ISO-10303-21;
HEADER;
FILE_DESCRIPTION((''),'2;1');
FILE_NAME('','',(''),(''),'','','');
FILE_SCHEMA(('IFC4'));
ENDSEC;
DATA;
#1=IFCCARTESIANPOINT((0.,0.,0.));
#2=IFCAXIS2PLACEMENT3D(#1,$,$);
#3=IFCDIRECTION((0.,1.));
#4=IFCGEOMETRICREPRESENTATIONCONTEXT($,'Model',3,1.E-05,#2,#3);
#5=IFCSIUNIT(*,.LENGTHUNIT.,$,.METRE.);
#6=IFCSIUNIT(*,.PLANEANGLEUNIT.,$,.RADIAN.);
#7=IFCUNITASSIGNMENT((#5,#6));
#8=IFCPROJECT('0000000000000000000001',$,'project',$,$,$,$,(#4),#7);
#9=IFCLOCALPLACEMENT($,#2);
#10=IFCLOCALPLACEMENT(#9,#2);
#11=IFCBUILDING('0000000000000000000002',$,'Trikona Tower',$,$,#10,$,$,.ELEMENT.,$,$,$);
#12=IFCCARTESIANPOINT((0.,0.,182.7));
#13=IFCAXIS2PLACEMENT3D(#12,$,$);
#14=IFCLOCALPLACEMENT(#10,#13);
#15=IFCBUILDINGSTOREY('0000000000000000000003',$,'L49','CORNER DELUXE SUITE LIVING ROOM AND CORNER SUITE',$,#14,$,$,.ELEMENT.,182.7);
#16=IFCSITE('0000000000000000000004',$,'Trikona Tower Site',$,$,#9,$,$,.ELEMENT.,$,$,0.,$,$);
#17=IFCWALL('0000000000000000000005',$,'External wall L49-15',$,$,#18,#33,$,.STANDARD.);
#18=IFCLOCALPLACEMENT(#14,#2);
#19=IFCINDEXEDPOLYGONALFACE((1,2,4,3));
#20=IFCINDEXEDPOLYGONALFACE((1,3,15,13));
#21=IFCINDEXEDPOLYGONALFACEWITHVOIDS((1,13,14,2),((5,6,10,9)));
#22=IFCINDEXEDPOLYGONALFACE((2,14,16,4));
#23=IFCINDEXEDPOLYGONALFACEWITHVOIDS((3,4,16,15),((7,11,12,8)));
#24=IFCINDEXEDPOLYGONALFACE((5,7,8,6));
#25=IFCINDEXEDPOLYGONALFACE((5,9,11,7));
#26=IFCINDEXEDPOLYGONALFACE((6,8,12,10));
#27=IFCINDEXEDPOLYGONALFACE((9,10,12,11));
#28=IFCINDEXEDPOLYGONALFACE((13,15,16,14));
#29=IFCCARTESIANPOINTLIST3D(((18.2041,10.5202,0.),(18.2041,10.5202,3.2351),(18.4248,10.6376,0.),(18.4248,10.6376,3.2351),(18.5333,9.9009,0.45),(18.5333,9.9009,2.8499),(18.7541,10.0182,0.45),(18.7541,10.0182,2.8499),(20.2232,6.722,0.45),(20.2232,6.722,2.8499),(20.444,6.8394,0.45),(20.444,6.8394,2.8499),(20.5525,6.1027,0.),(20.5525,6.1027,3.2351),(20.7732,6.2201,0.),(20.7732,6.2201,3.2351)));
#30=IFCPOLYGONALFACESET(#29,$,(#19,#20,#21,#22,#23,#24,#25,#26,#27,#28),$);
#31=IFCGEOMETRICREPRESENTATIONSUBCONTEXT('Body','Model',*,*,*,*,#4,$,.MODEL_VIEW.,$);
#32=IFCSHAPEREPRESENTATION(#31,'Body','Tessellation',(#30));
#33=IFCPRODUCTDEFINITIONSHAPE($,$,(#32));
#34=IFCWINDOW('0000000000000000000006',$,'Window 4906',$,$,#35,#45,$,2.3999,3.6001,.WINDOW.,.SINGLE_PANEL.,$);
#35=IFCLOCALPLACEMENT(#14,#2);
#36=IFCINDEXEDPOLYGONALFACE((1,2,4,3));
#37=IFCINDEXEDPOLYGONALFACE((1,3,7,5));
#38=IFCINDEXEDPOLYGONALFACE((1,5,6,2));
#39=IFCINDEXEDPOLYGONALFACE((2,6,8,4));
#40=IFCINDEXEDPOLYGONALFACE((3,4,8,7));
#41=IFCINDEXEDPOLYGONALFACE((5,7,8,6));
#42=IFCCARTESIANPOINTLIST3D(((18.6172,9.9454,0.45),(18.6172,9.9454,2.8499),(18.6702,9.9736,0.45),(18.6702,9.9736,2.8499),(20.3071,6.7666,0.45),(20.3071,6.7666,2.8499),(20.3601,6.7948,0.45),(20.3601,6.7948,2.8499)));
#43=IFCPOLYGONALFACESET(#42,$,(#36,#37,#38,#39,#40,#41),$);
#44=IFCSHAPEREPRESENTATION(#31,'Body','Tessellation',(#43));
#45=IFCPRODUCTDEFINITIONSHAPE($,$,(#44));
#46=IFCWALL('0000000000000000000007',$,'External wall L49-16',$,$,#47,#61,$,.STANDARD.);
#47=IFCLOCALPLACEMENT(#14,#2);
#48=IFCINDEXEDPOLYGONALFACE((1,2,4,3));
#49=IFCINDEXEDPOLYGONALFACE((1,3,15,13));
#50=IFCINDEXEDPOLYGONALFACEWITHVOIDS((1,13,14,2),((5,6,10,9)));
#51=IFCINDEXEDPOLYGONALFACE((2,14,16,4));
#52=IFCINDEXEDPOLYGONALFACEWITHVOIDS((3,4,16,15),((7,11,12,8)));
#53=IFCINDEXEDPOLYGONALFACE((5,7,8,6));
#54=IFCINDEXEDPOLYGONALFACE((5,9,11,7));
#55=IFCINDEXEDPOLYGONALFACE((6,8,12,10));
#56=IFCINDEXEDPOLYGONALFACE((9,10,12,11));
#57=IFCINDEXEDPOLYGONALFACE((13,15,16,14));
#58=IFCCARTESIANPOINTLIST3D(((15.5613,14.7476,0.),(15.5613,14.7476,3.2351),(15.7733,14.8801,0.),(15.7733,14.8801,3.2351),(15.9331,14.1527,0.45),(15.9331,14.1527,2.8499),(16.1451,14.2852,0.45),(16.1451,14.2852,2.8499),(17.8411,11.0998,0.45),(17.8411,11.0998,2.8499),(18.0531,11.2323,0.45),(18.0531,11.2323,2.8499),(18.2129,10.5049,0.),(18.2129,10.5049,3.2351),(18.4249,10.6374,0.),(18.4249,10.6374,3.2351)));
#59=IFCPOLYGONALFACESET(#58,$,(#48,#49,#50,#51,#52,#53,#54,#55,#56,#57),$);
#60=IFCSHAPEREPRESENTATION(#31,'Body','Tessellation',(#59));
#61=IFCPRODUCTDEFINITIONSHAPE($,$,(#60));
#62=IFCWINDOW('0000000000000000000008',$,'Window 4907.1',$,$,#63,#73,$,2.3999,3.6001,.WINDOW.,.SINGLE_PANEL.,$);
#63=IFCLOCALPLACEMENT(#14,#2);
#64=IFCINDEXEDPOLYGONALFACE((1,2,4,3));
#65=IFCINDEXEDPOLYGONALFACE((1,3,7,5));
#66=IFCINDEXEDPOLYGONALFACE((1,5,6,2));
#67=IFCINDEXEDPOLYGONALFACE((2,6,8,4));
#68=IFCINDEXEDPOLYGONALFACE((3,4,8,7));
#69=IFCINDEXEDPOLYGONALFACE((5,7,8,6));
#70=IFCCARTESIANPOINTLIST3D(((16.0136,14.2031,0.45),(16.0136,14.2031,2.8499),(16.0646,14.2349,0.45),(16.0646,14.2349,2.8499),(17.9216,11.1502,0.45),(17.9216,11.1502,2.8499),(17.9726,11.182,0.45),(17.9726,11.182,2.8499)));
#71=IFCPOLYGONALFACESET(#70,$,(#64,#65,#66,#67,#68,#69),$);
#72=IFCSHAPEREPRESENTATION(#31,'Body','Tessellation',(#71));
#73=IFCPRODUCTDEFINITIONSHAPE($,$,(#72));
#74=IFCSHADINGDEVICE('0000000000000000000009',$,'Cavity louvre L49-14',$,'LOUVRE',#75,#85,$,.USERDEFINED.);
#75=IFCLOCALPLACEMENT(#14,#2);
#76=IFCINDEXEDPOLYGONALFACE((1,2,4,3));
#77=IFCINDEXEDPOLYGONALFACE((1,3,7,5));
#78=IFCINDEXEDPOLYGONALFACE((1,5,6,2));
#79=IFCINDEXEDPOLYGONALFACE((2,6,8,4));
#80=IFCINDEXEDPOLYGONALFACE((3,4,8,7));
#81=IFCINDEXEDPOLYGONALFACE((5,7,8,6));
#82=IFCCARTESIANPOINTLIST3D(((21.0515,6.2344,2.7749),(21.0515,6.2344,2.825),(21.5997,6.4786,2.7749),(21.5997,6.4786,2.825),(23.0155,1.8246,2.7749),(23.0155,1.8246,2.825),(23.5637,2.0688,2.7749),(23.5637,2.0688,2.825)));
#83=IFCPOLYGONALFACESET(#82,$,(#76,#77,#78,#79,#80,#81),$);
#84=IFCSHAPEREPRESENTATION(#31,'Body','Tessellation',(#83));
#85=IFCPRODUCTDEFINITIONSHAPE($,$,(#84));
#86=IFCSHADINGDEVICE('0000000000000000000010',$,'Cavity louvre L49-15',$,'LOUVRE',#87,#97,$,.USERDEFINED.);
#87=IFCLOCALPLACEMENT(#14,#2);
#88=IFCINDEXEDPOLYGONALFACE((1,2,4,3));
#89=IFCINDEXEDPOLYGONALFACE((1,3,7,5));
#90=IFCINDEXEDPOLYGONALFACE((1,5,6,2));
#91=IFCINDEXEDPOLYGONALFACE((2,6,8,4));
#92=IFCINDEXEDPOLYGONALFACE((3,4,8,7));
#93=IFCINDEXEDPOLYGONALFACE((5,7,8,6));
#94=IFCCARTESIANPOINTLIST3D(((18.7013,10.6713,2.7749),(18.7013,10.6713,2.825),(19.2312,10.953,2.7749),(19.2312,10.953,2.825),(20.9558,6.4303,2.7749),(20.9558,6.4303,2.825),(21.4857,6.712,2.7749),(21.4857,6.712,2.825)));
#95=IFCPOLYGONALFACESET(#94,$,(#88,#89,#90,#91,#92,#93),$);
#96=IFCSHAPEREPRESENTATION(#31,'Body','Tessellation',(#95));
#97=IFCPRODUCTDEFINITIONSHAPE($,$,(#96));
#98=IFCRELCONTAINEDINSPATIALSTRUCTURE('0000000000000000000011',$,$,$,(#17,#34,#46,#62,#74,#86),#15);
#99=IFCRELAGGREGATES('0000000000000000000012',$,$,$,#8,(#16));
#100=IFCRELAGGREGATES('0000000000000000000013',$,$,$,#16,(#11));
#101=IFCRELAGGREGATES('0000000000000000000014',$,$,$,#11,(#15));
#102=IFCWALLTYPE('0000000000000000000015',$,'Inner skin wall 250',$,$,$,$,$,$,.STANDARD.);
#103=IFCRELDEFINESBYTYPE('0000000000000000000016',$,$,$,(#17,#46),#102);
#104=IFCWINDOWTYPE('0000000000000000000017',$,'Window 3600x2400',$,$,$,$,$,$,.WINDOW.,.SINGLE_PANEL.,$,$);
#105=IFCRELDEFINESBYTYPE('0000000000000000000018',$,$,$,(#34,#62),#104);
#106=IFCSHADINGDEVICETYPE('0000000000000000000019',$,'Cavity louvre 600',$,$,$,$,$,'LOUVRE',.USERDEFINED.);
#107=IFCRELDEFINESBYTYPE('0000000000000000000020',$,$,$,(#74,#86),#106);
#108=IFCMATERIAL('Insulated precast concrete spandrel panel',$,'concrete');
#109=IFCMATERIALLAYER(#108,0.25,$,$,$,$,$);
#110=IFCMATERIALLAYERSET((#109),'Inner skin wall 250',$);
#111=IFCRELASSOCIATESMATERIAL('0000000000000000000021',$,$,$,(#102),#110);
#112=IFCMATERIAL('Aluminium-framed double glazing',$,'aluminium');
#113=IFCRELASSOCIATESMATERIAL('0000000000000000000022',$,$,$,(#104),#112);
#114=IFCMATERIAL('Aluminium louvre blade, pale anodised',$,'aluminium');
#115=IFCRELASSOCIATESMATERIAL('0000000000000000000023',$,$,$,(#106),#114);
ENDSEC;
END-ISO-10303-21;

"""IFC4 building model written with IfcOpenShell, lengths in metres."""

from ifc_helpers import new_model, si_unit, direction, frame, frame_2d, origin, origin_2d, place, context, subcontext, project, spatial, rectangle, extrude, material, layer, layer_set, type_object, element, fill, save


model = new_model("IFC4")

# Units and contexts
model_context = context("Model", 3, precision=1e-05, world=origin(), true_north=direction((0.0, 1.0)))
body_context = subcontext(model_context, "Body", "Model", "MODEL_VIEW")
ifc_project = project(units=[si_unit("LENGTHUNIT", "METRE"), si_unit("PLANEANGLEUNIT", "RADIAN")], contexts=[model_context])

# Site, building, storey
site_placement = place(None, origin())
site = spatial("IfcSite", under=ifc_project, at=site_placement, Name="Trikona Tower Site", CompositionType="ELEMENT", RefElevation=0.0)
building_placement = place(site_placement, origin())
building = spatial("IfcBuilding", under=site, at=building_placement, Name="Trikona Tower", CompositionType="ELEMENT")
storey_placement = place(building_placement, frame((0.0, 0.0, 182.7)))
storey = spatial("IfcBuildingStorey", under=building, at=storey_placement, Name="L49", Description="CORNER DELUXE SUITE LIVING ROOM AND CORNER SUITE", CompositionType="ELEMENT", Elevation=182.7)

# Walls, openings, windows
ifc_material_1 = material(Name="Insulated precast concrete spandrel panel", Category="concrete")
ifc_layer_1 = layer(ifc_material_1, 0.25)
ifc_layer_set_1 = layer_set([ifc_layer_1], Name="Inner skin wall 250")
wall_type_1 = type_object("IfcWallType", Name="Inner skin wall 250", PredefinedType="STANDARD", material=ifc_layer_set_1)
ifc_material_2 = material(Name="Aluminium-framed double glazing", Category="aluminium")
window_type = type_object("IfcWindowType", Name="Window 3600x2400", PartitioningType="SINGLE_PANEL", PredefinedType="WINDOW", material=ifc_material_2)
wall_1_placement = place(storey_placement, frame((20.6628, 6.1614, 0.0), z_axis=(0.0, 0.0, 1.0), x_axis=(-0.469405, 0.882983, 0.0)))
wall_1 = element("IfcWall", 1, at=wall_1_placement, inside=storey, type_object=wall_type_1, Name="External wall L49-15", PredefinedType="STANDARD", context=body_context, shape_type="SweptSolid", body=[
    extrude(rectangle(XDim=5.0029, YDim=0.25, at=frame_2d((2.5015, 0.0))), origin(), (0.0, 0.0, 1.0), 3.2351),
])
opening_1_placement = place(wall_1_placement, frame((0.7014, 0.0, 0.45)))
opening_1 = element("IfcOpeningElement", 2, at=opening_1_placement, cuts=wall_1, PredefinedType="OPENING", context=body_context, shape_type="SweptSolid", body=[
    extrude(rectangle(XDim=3.6001, YDim=2.3999, at=frame_2d((1.8, 1.2))), frame((0.0, 0.135, 0.0), z_axis=(0.0, -1.0, 0.0), x_axis=(1.0, 0.0, 0.0)), (0.0, 0.0, 1.0), 0.27),
])
window_1_placement = place(opening_1_placement, origin())
window_1 = element("IfcWindow", 3, at=window_1_placement, inside=storey, type_object=window_type, Name="Window 4906", OverallHeight=2.3999, OverallWidth=3.6001, PartitioningType="SINGLE_PANEL", PredefinedType="WINDOW", context=body_context, shape_type="SweptSolid", body=[
    extrude(rectangle(XDim=3.6001, YDim=2.3999, at=frame_2d((1.8, 1.2))), frame((0.0, 0.03, 0.0), z_axis=(0.0, -1.0, 0.0), x_axis=(1.0, 0.0, 0.0)), (0.0, 0.0, 1.0), 0.0601),
])
fill(opening_1, window_1)
wall_2_placement = place(storey_placement, frame((18.3188, 10.5713, 0.0), z_axis=(0.0, 0.0, 1.0), x_axis=(-0.52999, 0.848004, 0.0)))
wall_2 = element("IfcWall", 4, at=wall_2_placement, inside=storey, type_object=wall_type_1, Name="External wall L49-16", PredefinedType="STANDARD", context=body_context, shape_type="SweptSolid", body=[
    extrude(rectangle(XDim=5.0032, YDim=0.25, at=frame_2d((2.5015, 0.0))), origin(), (0.0, 0.0, 1.0), 3.2351),
])
opening_2_placement = place(wall_2_placement, frame((0.7014, 0.0, 0.45)))
opening_2 = element("IfcOpeningElement", 5, at=opening_2_placement, cuts=wall_2, PredefinedType="OPENING", context=body_context, shape_type="SweptSolid", body=[
    extrude(rectangle(XDim=3.6001, YDim=2.3999, at=frame_2d((1.8, 1.2))), frame((0.0, 0.135, 0.0), z_axis=(0.0, -1.0, 0.0), x_axis=(1.0, 0.0, 0.0)), (0.0, 0.0, 1.0), 0.27),
])
window_2_placement = place(opening_2_placement, origin())
window_2 = element("IfcWindow", 6, at=window_2_placement, inside=storey, type_object=window_type, Name="Window 4907.1", OverallHeight=2.3999, OverallWidth=3.6001, PartitioningType="SINGLE_PANEL", PredefinedType="WINDOW", context=body_context, shape_type="SweptSolid", body=[
    extrude(rectangle(XDim=3.6001, YDim=2.3999, at=frame_2d((1.8, 1.2))), frame((0.0, 0.03, 0.0), z_axis=(0.0, -1.0, 0.0), x_axis=(1.0, 0.0, 0.0)), (0.0, 0.0, 1.0), 0.0601),
])
fill(opening_2, window_2)

# Shading devices
ifc_material_3 = material(Name="Aluminium louvre blade, pale anodised", Category="aluminium")
shading_device_type = type_object("IfcShadingDeviceType", Name="Cavity louvre 600", ElementType="LOUVRE", PredefinedType="USERDEFINED", material=ifc_material_3)
shading_device_1_placement = place(storey_placement, frame((22.3076, 4.1516, 2.7749), z_axis=(0.0, 0.0, 1.0), x_axis=(-0.406843, 0.913498, 0.0)))
element("IfcShadingDevice", 7, at=shading_device_1_placement, inside=storey, type_object=shading_device_type, Name="Cavity louvre L49-14", ObjectType="LOUVRE", PredefinedType="USERDEFINED", context=body_context, shape_type="SweptSolid", body=[
    extrude(rectangle(XDim=4.8274, YDim=0.6001, at=origin_2d()), origin(), (0.0, 0.0, 1.0), 0.05),
])
shading_device_2_placement = place(storey_placement, frame((20.0935, 8.6917, 2.7749), z_axis=(0.0, 0.0, 1.0), x_axis=(-0.469398, 0.882987, 0.0)))
element("IfcShadingDevice", 8, at=shading_device_2_placement, inside=storey, type_object=shading_device_type, Name="Cavity louvre L49-15", ObjectType="LOUVRE", PredefinedType="USERDEFINED", context=body_context, shape_type="SweptSolid", body=[
    extrude(rectangle(XDim=4.803, YDim=0.6001, at=origin_2d()), origin(), (0.0, 0.0, 1.0), 0.05),
])

save(model, "model.ifc")
